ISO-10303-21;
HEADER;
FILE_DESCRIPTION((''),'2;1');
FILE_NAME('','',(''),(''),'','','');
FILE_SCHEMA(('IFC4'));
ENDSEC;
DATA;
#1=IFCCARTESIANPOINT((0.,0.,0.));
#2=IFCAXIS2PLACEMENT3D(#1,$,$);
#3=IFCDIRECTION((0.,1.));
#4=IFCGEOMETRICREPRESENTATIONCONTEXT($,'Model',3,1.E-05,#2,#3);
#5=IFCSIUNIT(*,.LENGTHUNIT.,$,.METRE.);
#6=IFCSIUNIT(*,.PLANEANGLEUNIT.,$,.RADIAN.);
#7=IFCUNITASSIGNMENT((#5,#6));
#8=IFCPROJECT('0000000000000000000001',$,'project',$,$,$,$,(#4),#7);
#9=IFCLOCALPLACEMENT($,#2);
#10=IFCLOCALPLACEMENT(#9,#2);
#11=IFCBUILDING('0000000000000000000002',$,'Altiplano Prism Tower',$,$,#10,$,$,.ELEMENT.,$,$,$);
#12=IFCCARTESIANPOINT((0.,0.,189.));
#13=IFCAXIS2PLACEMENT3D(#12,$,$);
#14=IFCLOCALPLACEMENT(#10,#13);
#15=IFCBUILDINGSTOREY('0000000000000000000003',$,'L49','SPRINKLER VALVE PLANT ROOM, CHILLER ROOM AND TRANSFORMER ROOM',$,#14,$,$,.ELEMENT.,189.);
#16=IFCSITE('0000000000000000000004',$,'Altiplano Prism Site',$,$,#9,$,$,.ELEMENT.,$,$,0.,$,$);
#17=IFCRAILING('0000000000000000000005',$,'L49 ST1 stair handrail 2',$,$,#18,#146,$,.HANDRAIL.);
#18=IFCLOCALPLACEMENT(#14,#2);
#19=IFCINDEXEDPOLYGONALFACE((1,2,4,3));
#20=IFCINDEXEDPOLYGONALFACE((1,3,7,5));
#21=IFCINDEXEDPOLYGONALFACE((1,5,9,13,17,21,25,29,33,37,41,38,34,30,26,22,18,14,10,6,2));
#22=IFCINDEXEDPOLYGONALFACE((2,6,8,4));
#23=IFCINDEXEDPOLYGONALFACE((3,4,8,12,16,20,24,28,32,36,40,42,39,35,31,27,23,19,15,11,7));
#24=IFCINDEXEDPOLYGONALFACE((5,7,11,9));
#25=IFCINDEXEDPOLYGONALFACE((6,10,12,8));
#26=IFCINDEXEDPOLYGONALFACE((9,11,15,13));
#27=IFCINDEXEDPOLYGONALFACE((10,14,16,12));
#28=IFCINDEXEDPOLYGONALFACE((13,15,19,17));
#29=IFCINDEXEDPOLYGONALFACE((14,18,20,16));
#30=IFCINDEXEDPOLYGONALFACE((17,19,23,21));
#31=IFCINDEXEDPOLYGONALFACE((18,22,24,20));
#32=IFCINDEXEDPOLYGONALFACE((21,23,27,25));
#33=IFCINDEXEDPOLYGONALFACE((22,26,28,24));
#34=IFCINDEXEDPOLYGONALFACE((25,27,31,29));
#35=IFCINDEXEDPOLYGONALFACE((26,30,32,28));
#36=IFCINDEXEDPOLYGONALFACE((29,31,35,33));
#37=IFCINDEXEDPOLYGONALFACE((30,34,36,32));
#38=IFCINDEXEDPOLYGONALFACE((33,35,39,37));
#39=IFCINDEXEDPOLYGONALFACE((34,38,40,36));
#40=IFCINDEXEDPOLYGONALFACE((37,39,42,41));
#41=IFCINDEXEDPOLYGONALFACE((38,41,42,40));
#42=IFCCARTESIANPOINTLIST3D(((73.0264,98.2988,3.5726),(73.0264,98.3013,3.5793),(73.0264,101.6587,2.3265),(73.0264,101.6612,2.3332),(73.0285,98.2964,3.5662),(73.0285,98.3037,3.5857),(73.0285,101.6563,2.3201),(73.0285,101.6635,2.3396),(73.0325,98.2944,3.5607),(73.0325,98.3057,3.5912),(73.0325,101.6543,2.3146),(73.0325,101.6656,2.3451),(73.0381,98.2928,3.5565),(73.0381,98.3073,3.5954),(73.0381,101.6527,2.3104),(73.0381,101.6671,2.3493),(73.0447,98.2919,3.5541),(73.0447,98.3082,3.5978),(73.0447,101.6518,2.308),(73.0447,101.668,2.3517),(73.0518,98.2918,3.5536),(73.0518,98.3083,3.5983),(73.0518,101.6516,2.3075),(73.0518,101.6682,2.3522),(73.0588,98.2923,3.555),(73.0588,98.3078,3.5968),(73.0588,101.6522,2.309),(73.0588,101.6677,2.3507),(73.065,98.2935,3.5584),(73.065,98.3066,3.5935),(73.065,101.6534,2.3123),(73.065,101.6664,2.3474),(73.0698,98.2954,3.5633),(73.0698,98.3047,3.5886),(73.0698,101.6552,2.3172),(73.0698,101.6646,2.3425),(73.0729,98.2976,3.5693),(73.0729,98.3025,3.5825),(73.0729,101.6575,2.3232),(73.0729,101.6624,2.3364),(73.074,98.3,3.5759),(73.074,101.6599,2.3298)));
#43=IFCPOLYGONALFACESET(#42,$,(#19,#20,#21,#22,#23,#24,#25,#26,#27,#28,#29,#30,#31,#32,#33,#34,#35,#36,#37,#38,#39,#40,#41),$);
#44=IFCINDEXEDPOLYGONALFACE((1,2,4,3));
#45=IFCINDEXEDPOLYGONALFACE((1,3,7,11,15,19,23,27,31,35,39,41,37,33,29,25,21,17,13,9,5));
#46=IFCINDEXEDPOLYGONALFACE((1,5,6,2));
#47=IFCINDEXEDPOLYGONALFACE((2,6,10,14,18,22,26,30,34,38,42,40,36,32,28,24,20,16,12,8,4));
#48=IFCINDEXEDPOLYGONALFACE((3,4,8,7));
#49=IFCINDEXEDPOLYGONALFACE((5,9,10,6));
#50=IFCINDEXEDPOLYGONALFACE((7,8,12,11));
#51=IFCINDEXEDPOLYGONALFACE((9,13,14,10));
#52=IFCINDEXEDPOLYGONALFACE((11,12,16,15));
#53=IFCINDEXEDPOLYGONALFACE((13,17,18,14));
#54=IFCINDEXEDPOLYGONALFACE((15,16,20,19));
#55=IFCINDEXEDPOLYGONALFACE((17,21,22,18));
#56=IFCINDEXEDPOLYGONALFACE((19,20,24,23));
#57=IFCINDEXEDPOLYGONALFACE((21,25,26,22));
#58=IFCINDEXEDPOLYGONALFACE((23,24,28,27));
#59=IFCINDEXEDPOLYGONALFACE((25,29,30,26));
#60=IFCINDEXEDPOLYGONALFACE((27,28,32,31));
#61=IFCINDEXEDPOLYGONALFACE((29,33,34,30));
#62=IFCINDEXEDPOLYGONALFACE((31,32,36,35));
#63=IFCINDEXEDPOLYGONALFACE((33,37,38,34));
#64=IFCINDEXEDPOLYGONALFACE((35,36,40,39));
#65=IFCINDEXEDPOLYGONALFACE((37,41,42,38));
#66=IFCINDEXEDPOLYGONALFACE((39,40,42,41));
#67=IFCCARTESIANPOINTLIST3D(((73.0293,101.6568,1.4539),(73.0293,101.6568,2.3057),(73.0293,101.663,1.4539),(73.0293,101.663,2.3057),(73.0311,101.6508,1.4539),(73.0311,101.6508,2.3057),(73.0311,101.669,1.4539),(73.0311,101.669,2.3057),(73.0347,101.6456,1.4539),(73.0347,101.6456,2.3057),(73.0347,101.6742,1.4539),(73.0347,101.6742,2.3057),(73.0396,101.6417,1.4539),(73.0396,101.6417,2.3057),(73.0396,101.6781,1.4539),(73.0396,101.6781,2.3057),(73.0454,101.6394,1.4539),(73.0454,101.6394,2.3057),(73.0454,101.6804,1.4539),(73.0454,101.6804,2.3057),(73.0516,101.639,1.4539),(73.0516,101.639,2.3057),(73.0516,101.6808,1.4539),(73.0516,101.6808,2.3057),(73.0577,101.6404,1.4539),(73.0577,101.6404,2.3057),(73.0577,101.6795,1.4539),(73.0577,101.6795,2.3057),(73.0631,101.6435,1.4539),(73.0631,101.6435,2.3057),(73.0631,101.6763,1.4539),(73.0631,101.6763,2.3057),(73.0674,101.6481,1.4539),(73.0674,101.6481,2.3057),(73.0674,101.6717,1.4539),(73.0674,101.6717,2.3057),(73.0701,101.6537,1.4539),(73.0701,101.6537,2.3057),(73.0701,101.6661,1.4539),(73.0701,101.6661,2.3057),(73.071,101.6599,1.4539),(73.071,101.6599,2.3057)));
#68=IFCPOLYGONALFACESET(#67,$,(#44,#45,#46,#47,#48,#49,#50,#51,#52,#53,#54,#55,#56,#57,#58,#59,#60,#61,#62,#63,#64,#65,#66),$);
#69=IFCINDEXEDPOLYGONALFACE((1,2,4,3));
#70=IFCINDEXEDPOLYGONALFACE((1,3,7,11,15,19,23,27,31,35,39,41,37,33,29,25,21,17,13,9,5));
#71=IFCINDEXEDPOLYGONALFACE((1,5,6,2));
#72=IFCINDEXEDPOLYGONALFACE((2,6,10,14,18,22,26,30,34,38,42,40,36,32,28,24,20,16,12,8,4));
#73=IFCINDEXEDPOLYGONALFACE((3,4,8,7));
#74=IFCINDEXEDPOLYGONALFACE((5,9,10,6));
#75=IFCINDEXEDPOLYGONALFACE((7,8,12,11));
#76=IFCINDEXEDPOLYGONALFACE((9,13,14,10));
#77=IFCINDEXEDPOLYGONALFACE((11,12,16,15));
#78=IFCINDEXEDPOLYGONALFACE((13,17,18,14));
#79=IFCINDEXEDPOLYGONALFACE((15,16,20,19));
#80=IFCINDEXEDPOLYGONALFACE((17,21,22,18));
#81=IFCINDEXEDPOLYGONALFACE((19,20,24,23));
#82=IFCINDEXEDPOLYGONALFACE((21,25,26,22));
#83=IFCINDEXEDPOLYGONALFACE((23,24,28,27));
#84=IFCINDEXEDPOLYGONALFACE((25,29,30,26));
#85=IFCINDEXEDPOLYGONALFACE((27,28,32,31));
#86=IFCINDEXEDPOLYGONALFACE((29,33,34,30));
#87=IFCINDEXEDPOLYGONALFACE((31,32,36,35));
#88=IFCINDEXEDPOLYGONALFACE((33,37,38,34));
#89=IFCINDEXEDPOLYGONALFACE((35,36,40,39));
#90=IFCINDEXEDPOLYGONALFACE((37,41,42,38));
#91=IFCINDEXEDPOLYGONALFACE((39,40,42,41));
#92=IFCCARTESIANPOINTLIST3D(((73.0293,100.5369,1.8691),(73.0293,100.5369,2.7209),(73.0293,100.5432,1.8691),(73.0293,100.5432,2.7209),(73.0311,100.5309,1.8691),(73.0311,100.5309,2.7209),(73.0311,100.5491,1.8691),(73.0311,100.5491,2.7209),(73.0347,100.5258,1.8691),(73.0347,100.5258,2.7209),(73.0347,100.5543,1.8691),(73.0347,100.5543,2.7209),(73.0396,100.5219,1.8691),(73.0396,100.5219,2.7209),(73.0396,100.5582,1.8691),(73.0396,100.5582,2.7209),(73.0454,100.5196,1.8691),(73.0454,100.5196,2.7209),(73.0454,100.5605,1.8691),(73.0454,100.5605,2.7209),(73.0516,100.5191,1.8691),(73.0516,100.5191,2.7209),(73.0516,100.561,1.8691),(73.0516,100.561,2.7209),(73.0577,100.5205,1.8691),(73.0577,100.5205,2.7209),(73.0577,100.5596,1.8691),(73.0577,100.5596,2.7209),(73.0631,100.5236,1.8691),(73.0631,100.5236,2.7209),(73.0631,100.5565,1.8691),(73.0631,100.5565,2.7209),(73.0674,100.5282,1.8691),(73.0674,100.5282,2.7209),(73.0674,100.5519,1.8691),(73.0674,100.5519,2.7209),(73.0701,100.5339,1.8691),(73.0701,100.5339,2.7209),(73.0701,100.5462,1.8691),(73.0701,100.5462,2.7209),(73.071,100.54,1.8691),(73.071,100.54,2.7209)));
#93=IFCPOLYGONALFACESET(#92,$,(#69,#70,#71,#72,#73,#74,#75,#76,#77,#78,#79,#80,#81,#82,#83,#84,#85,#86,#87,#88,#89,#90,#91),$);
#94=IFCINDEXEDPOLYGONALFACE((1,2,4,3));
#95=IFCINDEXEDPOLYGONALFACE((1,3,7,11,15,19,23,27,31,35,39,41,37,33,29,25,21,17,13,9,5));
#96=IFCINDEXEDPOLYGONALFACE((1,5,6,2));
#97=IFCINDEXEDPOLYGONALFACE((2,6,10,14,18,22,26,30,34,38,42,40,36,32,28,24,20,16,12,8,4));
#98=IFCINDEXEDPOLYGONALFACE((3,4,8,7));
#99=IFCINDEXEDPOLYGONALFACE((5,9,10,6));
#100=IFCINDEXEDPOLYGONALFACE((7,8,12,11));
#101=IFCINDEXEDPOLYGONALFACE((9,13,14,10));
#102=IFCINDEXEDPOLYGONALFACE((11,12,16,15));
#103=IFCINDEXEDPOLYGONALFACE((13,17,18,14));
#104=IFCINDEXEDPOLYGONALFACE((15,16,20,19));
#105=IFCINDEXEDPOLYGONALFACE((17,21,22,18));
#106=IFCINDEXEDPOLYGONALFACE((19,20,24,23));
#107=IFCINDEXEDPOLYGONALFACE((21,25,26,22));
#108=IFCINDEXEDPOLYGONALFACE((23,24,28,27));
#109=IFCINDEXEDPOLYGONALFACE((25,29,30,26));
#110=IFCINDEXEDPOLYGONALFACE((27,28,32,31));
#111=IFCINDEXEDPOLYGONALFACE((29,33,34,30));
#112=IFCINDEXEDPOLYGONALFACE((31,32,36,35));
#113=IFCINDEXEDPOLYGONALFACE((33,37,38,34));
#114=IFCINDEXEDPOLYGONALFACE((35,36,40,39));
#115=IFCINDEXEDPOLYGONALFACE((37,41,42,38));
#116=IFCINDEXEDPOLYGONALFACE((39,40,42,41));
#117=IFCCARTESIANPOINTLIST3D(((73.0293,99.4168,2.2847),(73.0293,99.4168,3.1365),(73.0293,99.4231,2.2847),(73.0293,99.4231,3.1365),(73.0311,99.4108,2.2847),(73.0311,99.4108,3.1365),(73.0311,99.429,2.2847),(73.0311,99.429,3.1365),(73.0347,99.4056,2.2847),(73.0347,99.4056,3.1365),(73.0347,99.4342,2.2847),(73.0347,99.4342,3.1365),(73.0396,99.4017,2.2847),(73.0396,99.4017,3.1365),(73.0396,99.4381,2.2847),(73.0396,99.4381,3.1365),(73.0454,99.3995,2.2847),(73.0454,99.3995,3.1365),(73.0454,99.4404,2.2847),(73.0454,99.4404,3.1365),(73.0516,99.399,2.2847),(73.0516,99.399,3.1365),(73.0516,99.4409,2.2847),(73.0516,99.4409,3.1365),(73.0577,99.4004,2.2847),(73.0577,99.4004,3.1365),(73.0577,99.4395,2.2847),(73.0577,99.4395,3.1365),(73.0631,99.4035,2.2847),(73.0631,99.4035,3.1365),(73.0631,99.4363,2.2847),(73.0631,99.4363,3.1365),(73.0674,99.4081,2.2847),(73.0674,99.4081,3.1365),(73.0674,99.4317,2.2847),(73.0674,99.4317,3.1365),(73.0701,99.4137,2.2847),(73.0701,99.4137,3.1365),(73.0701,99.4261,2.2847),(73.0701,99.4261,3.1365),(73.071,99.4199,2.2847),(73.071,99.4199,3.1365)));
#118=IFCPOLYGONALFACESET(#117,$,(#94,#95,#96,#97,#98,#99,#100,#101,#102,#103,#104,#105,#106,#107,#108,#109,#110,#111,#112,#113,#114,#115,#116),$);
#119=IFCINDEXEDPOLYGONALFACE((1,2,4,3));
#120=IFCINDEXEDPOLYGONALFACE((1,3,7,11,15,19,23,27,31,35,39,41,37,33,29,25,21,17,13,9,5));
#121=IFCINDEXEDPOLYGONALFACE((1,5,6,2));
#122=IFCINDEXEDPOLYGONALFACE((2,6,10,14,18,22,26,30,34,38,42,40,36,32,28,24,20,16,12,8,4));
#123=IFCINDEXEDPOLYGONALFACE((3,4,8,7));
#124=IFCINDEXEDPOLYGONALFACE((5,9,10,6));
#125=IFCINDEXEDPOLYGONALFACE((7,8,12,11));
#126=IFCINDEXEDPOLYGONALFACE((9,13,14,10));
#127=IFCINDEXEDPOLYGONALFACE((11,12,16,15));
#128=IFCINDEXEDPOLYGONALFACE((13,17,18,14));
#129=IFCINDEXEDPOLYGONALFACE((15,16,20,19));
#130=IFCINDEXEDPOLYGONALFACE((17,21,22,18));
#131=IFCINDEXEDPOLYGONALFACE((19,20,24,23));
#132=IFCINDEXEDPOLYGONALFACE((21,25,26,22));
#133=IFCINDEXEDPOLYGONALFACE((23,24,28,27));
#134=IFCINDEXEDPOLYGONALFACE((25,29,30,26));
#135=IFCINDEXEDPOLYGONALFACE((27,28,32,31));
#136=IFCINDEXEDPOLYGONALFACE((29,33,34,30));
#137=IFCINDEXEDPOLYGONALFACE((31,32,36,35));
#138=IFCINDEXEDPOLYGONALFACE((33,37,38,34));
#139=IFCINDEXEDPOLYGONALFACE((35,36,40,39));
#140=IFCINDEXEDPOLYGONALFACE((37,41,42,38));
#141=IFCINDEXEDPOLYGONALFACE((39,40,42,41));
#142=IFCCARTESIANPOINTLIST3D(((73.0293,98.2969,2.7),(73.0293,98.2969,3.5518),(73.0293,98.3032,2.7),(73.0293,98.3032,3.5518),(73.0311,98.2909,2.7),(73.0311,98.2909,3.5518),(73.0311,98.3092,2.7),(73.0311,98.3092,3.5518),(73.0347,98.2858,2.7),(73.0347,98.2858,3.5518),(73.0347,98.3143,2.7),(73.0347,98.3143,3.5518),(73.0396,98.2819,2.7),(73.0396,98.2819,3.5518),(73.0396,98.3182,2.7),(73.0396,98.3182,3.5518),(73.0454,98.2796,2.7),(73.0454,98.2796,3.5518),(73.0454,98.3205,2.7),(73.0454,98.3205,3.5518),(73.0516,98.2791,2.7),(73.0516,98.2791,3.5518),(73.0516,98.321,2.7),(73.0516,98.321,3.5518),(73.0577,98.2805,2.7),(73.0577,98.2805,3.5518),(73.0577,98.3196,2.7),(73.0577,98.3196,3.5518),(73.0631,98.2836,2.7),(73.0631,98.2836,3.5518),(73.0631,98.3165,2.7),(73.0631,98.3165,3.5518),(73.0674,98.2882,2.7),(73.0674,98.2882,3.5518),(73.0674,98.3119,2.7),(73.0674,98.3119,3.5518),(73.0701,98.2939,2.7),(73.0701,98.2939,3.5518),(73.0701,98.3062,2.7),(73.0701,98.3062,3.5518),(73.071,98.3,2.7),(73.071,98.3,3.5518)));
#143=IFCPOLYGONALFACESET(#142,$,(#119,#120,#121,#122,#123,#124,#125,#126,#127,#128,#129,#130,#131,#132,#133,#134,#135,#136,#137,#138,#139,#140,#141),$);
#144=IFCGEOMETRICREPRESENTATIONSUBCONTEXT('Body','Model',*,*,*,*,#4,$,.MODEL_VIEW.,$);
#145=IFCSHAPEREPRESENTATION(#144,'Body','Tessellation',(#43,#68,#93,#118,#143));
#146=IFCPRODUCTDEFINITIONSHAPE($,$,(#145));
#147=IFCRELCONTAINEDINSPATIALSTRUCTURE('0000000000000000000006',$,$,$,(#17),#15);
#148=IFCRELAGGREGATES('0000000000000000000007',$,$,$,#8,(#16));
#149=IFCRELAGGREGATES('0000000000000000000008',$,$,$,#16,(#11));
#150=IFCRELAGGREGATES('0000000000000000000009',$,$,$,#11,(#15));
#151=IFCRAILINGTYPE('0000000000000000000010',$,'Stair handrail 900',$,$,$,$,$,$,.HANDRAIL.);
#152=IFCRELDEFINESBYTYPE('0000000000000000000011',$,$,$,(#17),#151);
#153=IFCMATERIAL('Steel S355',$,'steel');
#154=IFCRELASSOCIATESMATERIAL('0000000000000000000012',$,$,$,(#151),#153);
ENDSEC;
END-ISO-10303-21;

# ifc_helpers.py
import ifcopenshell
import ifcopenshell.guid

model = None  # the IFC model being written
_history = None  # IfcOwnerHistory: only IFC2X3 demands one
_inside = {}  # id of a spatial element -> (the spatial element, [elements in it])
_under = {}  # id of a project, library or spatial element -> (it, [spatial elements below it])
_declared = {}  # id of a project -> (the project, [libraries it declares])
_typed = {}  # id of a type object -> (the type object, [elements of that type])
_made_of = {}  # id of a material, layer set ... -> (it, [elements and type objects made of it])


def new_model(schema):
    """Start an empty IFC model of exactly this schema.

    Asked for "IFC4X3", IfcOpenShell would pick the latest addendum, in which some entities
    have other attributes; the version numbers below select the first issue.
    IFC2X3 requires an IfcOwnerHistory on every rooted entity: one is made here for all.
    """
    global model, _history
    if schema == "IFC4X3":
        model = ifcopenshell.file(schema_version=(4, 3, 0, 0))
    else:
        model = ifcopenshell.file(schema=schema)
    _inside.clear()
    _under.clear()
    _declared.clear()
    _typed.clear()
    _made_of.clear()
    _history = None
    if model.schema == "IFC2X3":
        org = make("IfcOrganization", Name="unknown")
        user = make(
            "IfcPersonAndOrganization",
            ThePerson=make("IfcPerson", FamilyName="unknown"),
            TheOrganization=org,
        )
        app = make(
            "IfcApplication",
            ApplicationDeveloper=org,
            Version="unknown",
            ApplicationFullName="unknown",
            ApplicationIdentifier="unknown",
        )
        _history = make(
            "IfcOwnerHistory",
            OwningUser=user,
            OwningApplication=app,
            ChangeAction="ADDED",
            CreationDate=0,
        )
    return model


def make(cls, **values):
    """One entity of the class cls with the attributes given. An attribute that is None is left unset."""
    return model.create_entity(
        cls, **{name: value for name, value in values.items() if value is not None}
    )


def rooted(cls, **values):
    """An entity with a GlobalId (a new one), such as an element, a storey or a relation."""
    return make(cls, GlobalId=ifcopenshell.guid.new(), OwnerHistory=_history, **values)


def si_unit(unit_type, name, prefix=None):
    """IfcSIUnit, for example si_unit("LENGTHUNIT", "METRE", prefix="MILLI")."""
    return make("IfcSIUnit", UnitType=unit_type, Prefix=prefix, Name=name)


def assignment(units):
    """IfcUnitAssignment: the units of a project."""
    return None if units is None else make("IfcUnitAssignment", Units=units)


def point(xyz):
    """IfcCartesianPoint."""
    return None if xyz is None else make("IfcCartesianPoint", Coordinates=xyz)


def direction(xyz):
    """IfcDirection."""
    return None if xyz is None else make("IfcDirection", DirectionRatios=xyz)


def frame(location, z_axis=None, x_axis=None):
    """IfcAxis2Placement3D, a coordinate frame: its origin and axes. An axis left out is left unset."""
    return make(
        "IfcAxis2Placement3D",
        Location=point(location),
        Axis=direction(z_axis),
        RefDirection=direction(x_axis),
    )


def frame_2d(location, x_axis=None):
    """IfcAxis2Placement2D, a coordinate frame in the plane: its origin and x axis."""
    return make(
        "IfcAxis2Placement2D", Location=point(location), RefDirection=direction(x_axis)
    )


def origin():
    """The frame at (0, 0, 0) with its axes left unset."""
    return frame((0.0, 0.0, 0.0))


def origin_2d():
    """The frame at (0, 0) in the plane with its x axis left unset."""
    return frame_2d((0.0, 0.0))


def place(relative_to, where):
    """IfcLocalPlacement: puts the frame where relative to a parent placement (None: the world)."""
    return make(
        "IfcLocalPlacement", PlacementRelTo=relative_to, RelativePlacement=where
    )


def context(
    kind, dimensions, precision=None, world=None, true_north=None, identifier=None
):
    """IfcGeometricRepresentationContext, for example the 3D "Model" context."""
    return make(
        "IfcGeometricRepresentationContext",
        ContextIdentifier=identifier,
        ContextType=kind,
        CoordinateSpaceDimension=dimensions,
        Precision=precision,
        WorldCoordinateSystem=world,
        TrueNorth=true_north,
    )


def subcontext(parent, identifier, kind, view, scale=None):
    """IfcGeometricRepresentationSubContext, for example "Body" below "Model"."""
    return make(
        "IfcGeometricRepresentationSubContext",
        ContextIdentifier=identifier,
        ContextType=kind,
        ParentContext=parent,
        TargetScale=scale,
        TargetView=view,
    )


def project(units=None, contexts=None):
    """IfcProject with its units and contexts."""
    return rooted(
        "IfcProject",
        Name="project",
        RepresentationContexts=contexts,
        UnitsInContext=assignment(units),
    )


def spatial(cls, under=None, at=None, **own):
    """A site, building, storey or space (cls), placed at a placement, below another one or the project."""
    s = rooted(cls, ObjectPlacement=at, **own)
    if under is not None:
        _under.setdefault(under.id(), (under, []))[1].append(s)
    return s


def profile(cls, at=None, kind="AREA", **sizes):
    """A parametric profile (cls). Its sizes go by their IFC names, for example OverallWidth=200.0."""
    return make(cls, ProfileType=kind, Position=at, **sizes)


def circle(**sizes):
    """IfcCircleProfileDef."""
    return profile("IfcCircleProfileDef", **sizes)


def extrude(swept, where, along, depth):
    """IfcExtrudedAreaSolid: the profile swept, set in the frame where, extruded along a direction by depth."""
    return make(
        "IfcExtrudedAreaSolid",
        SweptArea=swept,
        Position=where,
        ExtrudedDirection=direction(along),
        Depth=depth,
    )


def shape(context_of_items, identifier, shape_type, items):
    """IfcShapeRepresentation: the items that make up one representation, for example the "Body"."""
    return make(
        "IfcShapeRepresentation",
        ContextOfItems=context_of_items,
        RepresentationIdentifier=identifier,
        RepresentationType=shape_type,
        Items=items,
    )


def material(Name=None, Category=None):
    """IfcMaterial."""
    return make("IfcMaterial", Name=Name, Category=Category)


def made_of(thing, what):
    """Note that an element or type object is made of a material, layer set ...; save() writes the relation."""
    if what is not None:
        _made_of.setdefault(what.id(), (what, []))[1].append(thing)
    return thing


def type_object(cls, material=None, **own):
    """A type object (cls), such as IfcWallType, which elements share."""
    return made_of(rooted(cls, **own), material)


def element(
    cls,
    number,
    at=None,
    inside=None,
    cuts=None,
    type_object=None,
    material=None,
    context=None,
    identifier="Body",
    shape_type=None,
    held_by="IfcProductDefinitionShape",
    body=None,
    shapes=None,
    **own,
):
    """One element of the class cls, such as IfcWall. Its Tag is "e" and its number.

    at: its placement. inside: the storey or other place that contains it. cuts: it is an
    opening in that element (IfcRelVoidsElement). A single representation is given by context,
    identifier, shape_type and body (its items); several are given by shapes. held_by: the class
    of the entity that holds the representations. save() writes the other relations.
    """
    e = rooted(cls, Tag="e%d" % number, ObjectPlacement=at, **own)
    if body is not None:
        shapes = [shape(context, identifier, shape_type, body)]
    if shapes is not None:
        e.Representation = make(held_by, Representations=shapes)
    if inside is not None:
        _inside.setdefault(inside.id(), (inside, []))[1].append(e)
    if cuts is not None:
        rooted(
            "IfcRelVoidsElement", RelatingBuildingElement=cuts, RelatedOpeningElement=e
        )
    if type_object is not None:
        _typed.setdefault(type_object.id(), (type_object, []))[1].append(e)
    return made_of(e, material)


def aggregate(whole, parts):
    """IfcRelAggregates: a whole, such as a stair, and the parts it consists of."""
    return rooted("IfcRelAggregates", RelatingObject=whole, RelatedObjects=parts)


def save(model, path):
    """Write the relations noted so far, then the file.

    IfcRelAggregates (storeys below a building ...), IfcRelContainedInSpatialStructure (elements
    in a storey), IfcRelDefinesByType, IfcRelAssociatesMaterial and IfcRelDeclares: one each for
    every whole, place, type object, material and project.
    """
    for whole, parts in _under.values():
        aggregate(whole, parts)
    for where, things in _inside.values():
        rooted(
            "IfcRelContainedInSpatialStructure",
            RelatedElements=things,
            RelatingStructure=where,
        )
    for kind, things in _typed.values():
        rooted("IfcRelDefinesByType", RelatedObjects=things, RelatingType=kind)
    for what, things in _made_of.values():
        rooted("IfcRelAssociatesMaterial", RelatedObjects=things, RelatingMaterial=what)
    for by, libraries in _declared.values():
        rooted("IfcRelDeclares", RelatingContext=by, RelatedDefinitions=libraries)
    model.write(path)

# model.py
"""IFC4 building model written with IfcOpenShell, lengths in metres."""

from ifc_helpers import new_model, si_unit, direction, frame, origin, origin_2d, place, context, subcontext, project, spatial, circle, extrude, material, type_object, element, save


model = new_model("IFC4")

# Units and contexts
model_context = context("Model", 3, precision=1e-05, world=origin(), true_north=direction((0.0, 1.0)))
body_context = subcontext(model_context, "Body", "Model", "MODEL_VIEW")
ifc_project = project(units=[si_unit("LENGTHUNIT", "METRE"), si_unit("PLANEANGLEUNIT", "RADIAN")], contexts=[model_context])

# Site, building, storey
site_placement = place(None, origin())
site = spatial("IfcSite", under=ifc_project, at=site_placement, Name="Altiplano Prism Site", CompositionType="ELEMENT", RefElevation=0.0)
building_placement = place(site_placement, origin())
building = spatial("IfcBuilding", under=site, at=building_placement, Name="Altiplano Prism Tower", CompositionType="ELEMENT")
storey_placement = place(building_placement, frame((0.0, 0.0, 189.0)))
storey = spatial("IfcBuildingStorey", under=building, at=storey_placement, Name="L49", Description="SPRINKLER VALVE PLANT ROOM, CHILLER ROOM AND TRANSFORMER ROOM", CompositionType="ELEMENT", Elevation=189.0)

# Shared definitions
ifc_material_1 = material(Name="Steel S355", Category="steel")

# Railing
railing_type_1 = type_object("IfcRailingType", Name="Stair handrail 900", PredefinedType="HANDRAIL", material=ifc_material_1)
for number, where, name in (
    (1, (73.05, 101.6599, 1.4539), "L49 ST1 stair handrail 2"),
):
    element("IfcRailing", number, at=place(storey_placement, frame(where)), inside=storey, type_object=railing_type_1, Name=name, PredefinedType="HANDRAIL", context=body_context, shape_type="SweptSolid", body=[
        extrude(circle(Radius=0.0239, at=origin_2d()), frame((0.0, 0.0, 0.876), z_axis=(0.0, -0.937594, 0.347731), x_axis=(1.0, 0.0, 0.0)), (0.0, 0.0, 1.0), 3.5835),
        extrude(circle(Radius=0.021, at=origin_2d()), origin(), (0.0, 0.0, 1.0), 0.8518),
        extrude(circle(Radius=0.021, at=origin_2d()), frame((0.0, -1.1199, 0.4153)), (0.0, 0.0, 1.0), 0.8518),
        extrude(circle(Radius=0.021, at=origin_2d()), frame((0.0, -2.24, 0.8308)), (0.0, 0.0, 1.0), 0.8518),
        extrude(circle(Radius=0.021, at=origin_2d()), frame((0.0, -3.3599, 1.2461)), (0.0, 0.0, 1.0), 0.8518),
    ])

save(model, "model.ifc")
